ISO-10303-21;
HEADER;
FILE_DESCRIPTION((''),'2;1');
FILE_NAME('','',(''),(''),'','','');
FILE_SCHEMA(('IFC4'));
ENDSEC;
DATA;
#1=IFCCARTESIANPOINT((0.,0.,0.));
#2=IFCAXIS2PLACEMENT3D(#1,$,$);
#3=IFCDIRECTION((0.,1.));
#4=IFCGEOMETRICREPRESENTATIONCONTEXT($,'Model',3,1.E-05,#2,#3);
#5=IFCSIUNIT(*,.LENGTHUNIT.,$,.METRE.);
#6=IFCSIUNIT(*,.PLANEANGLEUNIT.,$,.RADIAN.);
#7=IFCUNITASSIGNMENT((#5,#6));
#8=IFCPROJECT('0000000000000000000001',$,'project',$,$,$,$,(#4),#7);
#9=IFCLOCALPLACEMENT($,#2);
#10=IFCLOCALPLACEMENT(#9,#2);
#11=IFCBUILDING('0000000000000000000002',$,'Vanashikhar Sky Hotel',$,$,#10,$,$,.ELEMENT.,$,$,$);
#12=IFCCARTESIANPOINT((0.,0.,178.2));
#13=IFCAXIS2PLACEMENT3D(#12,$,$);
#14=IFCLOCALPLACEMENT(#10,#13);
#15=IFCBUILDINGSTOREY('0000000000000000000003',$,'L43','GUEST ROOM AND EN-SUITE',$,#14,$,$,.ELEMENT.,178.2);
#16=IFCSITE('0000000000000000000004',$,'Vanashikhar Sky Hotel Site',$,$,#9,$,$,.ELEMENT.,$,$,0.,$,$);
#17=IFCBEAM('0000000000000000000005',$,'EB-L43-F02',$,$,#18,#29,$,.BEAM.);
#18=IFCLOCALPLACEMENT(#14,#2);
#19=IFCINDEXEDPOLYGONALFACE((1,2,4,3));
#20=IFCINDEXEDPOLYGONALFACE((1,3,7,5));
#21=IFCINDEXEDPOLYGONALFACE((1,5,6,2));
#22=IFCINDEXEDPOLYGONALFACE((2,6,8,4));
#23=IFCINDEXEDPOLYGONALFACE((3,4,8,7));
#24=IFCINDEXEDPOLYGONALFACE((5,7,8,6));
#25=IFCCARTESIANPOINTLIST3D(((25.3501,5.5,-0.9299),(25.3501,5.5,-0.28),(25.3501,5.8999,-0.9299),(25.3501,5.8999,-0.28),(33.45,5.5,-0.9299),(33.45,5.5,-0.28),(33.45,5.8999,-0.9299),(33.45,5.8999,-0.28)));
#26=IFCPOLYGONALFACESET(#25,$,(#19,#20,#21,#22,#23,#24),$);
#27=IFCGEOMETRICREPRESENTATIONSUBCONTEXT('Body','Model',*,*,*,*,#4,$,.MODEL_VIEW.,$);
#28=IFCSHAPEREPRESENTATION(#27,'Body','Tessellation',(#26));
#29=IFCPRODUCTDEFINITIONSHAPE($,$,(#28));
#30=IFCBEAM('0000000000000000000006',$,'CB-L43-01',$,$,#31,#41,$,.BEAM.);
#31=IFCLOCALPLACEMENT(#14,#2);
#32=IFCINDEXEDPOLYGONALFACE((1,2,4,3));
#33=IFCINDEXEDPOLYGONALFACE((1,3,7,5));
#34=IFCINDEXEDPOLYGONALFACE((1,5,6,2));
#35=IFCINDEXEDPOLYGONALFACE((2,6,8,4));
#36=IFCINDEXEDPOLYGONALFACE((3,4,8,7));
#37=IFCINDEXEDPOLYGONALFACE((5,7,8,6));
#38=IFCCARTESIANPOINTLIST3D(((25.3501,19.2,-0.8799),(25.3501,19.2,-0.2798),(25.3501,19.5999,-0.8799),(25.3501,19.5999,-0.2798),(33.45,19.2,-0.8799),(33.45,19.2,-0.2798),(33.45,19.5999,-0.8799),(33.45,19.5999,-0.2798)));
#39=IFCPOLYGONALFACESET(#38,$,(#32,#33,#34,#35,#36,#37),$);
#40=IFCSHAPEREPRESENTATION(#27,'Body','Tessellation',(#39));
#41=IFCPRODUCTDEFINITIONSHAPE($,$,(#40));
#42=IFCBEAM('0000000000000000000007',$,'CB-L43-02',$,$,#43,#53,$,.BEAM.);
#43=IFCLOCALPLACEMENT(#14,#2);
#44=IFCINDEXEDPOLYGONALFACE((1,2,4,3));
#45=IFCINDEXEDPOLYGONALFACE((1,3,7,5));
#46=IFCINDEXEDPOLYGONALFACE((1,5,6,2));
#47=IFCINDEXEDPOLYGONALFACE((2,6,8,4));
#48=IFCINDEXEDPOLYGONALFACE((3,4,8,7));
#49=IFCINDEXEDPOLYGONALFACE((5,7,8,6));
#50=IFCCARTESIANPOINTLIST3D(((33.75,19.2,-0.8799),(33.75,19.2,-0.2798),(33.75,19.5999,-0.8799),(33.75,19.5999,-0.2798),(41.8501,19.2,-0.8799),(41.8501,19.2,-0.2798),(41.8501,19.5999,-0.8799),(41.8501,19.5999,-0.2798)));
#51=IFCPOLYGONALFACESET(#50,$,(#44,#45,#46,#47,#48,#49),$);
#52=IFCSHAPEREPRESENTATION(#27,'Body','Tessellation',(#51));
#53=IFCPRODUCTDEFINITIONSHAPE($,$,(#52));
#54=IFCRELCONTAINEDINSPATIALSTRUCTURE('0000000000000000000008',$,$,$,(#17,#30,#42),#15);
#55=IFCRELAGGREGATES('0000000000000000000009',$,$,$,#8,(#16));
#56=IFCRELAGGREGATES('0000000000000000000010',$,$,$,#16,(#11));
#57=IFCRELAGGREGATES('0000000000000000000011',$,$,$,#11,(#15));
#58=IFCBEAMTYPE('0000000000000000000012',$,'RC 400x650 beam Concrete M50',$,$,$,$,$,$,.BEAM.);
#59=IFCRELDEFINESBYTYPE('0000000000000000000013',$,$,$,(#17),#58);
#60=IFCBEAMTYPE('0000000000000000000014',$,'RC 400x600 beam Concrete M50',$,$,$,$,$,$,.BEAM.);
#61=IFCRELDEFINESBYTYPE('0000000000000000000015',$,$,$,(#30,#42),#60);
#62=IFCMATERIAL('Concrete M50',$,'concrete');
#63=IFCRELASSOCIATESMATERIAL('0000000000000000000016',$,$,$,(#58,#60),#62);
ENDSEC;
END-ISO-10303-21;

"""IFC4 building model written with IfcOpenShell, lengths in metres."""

from ifc_helpers import new_model, si_unit, direction, frame, origin, origin_2d, place, context, subcontext, project, spatial, rectangle, extrude, source, transform, mapped, material, material_profile, profile_set, type_object, element, save


model = new_model("IFC4")

# Units and contexts
model_context = context("Model", 3, precision=1e-05, world=origin(), true_north=direction((0.0, 1.0)))
body_context = subcontext(model_context, "Body", "Model", "MODEL_VIEW")
ifc_project = project(units=[si_unit("LENGTHUNIT", "METRE"), si_unit("PLANEANGLEUNIT", "RADIAN")], contexts=[model_context])

# Site, building, storey
site_placement = place(None, origin())
site = spatial("IfcSite", under=ifc_project, at=site_placement, Name="Vanashikhar Sky Hotel Site", CompositionType="ELEMENT", RefElevation=0.0)
building_placement = place(site_placement, origin())
building = spatial("IfcBuilding", under=site, at=building_placement, Name="Vanashikhar Sky Hotel", CompositionType="ELEMENT")
storey_placement = place(building_placement, frame((0.0, 0.0, 178.2)))
storey = spatial("IfcBuildingStorey", under=building, at=storey_placement, Name="L43", Description="GUEST ROOM AND EN-SUITE", CompositionType="ELEMENT", Elevation=178.2)

# Beams
ifc_material_1 = material(Name="Concrete M50", Category="concrete")
ifc_material_profile_1 = material_profile(ifc_material_1, rectangle(XDim=0.3999, YDim=0.6499, at=origin_2d()))
ifc_profile_set_1 = profile_set([ifc_material_profile_1], Name="RC 400x650 beam Concrete M50")
beam_type_1 = type_object("IfcBeamType", Name="RC 400x650 beam Concrete M50", PredefinedType="BEAM", material=ifc_profile_set_1)
shared_shape_1 = source(origin(), body_context, "Body", "SweptSolid", [
    extrude(rectangle(XDim=0.3999, YDim=0.6499, at=origin_2d()), origin(), (0.0, 0.0, 1.0), 8.0999),
])
beam_1_placement = place(storey_placement, frame((25.3501, 5.7, -0.605), z_axis=(1.0, 0.0, 0.0), x_axis=(0.0, 1.0, 0.0)))
element("IfcBeam", 1, at=beam_1_placement, inside=storey, type_object=beam_type_1, Name="EB-L43-F02", PredefinedType="BEAM", context=body_context, shape_type="MappedRepresentation", body=[
    mapped(shared_shape_1, transform((0.0, 0.0, 0.0), scale=1.0)),
])
ifc_material_profile_2 = material_profile(ifc_material_1, rectangle(XDim=0.3999, YDim=0.6001, at=origin_2d()))
ifc_profile_set_2 = profile_set([ifc_material_profile_2], Name="RC 400x600 beam Concrete M50")
beam_type_2 = type_object("IfcBeamType", Name="RC 400x600 beam Concrete M50", PredefinedType="BEAM", material=ifc_profile_set_2)
shared_shape_2 = source(origin(), body_context, "Body", "SweptSolid", [
    extrude(rectangle(XDim=0.3999, YDim=0.6001, at=origin_2d()), origin(), (0.0, 0.0, 1.0), 8.0999),
])
beam_2_placement = place(storey_placement, frame((25.3501, 19.3999, -0.5798), z_axis=(1.0, 0.0, 0.0), x_axis=(0.0, 1.0, 0.0)))
element("IfcBeam", 2, at=beam_2_placement, inside=storey, type_object=beam_type_2, Name="CB-L43-01", PredefinedType="BEAM", context=body_context, shape_type="MappedRepresentation", body=[
    mapped(shared_shape_2, transform((0.0, 0.0, 0.0), scale=1.0)),
])
shared_shape_3 = source(origin(), body_context, "Body", "SweptSolid", [
    extrude(rectangle(XDim=0.3999, YDim=0.6001, at=origin_2d()), origin(), (0.0, 0.0, 1.0), 8.1001),
])
beam_3_placement = place(storey_placement, frame((33.75, 19.3999, -0.5798), z_axis=(1.0, 0.0, 0.0), x_axis=(0.0, 1.0, 0.0)))
element("IfcBeam", 3, at=beam_3_placement, inside=storey, type_object=beam_type_2, Name="CB-L43-02", PredefinedType="BEAM", context=body_context, shape_type="MappedRepresentation", body=[
    mapped(shared_shape_3, transform((0.0, 0.0, 0.0), scale=1.0)),
])

save(model, "model.ifc")
